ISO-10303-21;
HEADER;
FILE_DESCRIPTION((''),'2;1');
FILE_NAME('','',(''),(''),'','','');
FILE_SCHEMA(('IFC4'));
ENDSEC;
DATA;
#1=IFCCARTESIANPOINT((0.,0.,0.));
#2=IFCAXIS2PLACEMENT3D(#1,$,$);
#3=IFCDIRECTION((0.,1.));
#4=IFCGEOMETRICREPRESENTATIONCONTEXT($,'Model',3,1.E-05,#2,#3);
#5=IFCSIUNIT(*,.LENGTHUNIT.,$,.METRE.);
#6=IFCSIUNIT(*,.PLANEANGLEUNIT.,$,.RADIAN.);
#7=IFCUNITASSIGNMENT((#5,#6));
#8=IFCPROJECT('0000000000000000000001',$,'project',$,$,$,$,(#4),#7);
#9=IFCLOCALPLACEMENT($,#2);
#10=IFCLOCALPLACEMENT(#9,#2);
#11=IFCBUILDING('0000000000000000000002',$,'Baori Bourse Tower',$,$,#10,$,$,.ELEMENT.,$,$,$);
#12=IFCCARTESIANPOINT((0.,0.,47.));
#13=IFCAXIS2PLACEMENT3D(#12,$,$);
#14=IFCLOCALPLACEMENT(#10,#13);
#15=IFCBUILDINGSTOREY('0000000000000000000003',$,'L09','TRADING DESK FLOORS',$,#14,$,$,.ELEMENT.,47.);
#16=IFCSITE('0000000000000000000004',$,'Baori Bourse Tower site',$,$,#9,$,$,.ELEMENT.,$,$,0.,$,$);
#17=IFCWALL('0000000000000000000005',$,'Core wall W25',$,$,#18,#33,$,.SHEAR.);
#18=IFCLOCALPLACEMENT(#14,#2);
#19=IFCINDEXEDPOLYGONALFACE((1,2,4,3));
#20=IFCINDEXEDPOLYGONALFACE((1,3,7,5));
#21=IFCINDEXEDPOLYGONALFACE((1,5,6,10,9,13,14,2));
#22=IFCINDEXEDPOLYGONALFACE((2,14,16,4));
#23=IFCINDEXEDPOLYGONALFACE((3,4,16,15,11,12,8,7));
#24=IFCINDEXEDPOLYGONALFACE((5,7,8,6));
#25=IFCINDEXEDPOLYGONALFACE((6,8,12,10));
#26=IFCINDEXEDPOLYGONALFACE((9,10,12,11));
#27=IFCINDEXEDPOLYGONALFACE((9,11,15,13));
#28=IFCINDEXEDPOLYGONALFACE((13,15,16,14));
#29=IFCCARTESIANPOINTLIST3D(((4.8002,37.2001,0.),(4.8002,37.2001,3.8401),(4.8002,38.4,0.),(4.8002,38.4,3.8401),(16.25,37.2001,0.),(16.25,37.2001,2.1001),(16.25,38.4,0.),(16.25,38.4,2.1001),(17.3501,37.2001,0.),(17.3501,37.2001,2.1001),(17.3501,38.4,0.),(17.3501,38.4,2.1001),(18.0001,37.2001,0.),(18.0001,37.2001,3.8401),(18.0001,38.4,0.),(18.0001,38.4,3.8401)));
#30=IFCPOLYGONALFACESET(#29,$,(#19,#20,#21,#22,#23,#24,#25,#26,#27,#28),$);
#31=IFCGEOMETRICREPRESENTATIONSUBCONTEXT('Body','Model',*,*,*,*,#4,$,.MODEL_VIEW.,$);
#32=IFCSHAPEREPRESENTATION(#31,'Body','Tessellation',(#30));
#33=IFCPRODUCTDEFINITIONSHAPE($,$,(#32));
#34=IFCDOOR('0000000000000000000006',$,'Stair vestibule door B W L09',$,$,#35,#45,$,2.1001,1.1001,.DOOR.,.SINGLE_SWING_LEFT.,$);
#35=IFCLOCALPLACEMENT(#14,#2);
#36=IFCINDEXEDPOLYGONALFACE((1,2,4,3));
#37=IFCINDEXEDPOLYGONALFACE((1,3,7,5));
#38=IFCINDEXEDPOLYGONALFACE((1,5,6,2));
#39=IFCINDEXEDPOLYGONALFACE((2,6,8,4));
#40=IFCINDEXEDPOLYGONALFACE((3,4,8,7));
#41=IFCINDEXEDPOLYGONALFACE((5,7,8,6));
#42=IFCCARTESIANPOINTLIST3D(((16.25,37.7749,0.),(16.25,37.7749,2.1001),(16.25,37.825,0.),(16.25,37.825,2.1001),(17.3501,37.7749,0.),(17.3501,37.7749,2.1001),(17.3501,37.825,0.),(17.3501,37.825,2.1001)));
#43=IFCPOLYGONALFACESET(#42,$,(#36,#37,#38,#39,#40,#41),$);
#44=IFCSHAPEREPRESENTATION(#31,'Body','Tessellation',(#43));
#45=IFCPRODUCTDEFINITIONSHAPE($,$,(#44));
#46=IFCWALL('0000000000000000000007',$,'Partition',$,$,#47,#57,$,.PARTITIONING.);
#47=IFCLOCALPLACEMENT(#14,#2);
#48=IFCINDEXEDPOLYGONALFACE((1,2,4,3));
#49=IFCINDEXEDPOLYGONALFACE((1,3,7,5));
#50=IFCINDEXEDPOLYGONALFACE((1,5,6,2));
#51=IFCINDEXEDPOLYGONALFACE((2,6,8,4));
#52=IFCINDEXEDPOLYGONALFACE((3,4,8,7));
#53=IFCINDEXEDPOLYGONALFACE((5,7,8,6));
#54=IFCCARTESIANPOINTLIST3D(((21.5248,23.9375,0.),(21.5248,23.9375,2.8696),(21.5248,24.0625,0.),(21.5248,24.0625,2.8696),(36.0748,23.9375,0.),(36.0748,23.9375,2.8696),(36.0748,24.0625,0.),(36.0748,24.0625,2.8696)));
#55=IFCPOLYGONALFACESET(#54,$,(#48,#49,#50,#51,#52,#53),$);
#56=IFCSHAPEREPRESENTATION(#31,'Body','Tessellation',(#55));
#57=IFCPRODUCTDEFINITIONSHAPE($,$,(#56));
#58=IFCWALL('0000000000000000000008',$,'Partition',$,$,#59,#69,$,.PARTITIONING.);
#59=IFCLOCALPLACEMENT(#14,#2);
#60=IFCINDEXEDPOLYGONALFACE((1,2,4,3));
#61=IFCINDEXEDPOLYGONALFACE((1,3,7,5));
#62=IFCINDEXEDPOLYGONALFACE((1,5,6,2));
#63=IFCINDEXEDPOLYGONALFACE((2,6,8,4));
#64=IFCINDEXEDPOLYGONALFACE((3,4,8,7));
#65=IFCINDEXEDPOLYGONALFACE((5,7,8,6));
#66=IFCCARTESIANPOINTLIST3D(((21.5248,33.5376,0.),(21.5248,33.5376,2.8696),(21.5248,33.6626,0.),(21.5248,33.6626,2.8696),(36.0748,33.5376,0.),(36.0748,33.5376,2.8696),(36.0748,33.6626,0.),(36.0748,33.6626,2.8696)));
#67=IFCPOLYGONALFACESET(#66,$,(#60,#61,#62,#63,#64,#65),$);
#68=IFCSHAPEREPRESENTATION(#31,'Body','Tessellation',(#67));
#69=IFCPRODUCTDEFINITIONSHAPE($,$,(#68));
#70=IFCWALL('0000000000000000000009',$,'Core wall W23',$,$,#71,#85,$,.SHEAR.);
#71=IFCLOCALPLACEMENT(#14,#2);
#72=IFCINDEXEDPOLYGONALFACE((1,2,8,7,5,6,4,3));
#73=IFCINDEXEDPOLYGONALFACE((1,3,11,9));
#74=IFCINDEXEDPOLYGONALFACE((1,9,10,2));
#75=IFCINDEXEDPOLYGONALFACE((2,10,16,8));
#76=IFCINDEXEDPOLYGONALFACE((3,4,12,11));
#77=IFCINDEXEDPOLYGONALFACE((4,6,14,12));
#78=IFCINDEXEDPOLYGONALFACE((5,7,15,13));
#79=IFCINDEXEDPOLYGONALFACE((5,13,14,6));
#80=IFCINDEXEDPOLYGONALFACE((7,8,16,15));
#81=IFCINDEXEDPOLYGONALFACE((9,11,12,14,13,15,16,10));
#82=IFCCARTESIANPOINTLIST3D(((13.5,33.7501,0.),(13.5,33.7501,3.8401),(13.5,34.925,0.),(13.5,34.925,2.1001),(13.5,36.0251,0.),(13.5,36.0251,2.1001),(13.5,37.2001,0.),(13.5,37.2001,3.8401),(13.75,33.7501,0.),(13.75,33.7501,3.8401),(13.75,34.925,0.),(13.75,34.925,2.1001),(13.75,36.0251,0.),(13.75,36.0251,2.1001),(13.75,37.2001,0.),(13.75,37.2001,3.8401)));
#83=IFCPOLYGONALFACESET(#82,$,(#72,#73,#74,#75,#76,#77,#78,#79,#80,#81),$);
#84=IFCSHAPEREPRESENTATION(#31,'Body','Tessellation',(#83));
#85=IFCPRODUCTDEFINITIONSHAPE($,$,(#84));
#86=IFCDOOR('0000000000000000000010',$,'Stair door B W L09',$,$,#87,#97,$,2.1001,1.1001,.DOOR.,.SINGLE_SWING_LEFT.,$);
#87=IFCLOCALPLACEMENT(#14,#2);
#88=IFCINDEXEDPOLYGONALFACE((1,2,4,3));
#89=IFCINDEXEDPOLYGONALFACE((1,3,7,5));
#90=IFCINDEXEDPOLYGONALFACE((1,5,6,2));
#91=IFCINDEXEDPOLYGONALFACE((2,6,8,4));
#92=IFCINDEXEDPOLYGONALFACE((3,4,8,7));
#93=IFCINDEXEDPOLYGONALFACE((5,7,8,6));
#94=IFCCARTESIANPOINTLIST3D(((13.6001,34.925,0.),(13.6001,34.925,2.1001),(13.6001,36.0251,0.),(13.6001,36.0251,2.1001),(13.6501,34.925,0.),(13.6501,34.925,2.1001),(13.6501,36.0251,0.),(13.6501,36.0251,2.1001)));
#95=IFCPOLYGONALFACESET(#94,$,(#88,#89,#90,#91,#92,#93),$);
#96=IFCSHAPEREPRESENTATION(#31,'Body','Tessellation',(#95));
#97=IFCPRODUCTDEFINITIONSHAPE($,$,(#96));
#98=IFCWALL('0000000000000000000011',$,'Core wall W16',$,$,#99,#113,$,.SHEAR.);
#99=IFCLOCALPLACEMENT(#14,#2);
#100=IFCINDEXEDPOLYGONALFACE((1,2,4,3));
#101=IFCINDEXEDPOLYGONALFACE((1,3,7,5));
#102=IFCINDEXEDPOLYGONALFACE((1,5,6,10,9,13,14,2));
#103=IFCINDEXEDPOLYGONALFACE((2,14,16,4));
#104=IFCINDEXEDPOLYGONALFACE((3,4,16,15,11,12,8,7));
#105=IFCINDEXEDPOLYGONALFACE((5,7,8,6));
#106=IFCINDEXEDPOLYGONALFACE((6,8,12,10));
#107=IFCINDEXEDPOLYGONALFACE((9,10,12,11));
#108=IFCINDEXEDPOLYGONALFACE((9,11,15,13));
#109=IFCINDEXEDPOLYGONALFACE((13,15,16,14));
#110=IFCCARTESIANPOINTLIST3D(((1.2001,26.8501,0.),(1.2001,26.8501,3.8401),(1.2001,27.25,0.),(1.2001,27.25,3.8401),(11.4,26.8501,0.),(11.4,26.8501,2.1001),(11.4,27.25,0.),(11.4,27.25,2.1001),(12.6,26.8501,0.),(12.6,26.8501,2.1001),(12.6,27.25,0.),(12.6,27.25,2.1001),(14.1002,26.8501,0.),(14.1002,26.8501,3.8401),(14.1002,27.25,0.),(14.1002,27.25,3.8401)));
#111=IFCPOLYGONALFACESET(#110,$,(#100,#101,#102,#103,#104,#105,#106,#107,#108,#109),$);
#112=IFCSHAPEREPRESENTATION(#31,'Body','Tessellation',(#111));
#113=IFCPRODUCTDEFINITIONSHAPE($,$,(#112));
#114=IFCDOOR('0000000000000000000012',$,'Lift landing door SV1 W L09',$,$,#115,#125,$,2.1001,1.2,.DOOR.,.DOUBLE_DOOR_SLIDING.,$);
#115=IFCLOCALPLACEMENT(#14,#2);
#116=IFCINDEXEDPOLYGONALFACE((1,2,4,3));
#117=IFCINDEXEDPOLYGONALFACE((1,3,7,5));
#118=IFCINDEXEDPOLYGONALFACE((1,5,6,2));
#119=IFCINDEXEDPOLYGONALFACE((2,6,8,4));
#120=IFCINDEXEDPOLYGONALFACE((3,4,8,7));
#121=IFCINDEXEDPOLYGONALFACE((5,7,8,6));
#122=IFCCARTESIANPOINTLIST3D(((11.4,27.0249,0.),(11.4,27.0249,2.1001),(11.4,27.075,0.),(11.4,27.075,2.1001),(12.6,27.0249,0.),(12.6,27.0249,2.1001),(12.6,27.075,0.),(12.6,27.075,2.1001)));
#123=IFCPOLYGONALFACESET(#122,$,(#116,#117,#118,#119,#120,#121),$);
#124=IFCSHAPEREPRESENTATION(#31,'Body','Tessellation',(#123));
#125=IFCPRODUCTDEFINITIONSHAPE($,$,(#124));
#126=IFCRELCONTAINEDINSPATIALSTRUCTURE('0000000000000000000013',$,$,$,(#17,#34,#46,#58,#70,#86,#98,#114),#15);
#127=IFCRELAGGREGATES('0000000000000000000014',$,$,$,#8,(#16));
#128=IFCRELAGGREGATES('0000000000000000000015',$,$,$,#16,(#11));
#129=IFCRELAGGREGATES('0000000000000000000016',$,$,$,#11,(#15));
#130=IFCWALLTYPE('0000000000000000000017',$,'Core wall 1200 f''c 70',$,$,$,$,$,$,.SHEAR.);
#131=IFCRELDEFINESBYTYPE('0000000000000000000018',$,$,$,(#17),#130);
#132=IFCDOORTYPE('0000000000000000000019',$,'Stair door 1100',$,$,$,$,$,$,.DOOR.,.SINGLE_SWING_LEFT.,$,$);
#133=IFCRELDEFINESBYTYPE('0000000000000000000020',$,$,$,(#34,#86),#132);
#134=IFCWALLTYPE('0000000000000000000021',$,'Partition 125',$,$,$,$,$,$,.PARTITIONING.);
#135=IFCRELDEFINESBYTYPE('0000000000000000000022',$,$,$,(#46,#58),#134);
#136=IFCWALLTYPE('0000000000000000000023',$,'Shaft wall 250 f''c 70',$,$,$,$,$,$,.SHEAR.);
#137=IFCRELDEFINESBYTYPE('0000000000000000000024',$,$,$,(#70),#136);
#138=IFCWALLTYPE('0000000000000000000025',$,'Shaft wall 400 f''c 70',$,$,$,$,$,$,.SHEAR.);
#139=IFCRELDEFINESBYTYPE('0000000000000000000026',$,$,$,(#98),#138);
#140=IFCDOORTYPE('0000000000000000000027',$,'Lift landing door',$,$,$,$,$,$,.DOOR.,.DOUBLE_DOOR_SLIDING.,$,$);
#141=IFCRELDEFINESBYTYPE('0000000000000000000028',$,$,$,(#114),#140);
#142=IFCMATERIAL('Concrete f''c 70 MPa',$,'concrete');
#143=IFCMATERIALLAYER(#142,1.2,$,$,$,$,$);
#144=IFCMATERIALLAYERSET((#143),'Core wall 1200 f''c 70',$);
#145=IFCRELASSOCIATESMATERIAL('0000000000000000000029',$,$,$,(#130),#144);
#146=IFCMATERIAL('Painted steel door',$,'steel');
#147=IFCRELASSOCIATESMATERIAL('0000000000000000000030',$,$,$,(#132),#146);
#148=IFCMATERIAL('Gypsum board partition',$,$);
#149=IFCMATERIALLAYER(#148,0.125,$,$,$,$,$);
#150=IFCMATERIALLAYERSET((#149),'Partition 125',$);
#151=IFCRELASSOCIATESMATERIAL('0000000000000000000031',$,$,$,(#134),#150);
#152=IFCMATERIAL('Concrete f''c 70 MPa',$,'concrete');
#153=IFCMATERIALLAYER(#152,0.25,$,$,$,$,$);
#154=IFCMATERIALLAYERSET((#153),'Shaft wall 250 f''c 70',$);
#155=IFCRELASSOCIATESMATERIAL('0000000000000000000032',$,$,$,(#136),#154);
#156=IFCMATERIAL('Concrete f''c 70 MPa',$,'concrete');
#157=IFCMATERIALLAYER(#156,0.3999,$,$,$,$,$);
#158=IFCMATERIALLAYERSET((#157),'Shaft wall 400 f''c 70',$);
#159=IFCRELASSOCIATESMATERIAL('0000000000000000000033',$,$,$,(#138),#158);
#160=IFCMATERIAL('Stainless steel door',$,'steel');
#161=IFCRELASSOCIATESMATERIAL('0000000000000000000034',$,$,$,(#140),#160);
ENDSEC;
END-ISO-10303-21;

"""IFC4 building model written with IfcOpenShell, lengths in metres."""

from ifc_helpers import new_model, si_unit, direction, frame, frame_2d, origin, place, context, subcontext, project, spatial, rectangle, extrude, material, layer, layer_set, type_object, element, fill, save


model = new_model("IFC4")

# Units and contexts
model_context = context("Model", 3, precision=1e-05, world=origin(), true_north=direction((0.0, 1.0)))
body_context = subcontext(model_context, "Body", "Model", "MODEL_VIEW")
ifc_project = project(units=[si_unit("LENGTHUNIT", "METRE"), si_unit("PLANEANGLEUNIT", "RADIAN")], contexts=[model_context])

# Site, building, storey
site_placement = place(None, origin())
site = spatial("IfcSite", under=ifc_project, at=site_placement, Name="Baori Bourse Tower site", CompositionType="ELEMENT", RefElevation=0.0)
building_placement = place(site_placement, origin())
building = spatial("IfcBuilding", under=site, at=building_placement, Name="Baori Bourse Tower", CompositionType="ELEMENT")
storey_placement = place(building_placement, frame((0.0, 0.0, 47.0)))
storey = spatial("IfcBuildingStorey", under=building, at=storey_placement, Name="L09", Description="TRADING DESK FLOORS", CompositionType="ELEMENT", Elevation=47.0)

# Shared definitions
ifc_material_1 = material(Name="Concrete f'c 70 MPa", Category="concrete")
ifc_layer_1 = layer(ifc_material_1, 1.2)
ifc_layer_set_1 = layer_set([ifc_layer_1], Name="Core wall 1200 f'c 70")
wall_type_1 = type_object("IfcWallType", Name="Core wall 1200 f'c 70", PredefinedType="SHEAR", material=ifc_layer_set_1)

# Wall, opening, door
wall_1_placement = place(storey_placement, frame((4.8, 37.8, 0.0), z_axis=(0.0, 0.0, 1.0), x_axis=(1.0, 0.0, 0.0)))
wall_1 = element("IfcWall", 1, at=wall_1_placement, inside=storey, type_object=wall_type_1, Name="Core wall W25", PredefinedType="SHEAR", context=body_context, shape_type="SweptSolid", body=[
    extrude(rectangle(XDim=13.2, YDim=1.2, at=frame_2d((6.6001, 0.0))), origin(), (0.0, 0.0, 1.0), 3.8401),
])
opening_1_placement = place(wall_1_placement, frame((11.45, 0.0, 0.0)))
opening_1 = element("IfcOpeningElement", 2, at=opening_1_placement, cuts=wall_1, PredefinedType="OPENING", context=body_context, shape_type="SweptSolid", body=[
    extrude(rectangle(XDim=1.1001, YDim=2.1001, at=frame_2d((0.55, 1.05))), frame((0.0, 0.6099, 0.0), z_axis=(0.0, -1.0, 0.0), x_axis=(1.0, 0.0, 0.0)), (0.0, 0.0, 1.0), 1.22),
])
ifc_material_2 = material(Name="Painted steel door", Category="steel")
door_type_1 = type_object("IfcDoorType", Name="Stair door 1100", OperationType="SINGLE_SWING_LEFT", PredefinedType="DOOR", material=ifc_material_2)
door_1_placement = place(opening_1_placement, origin())
door_1 = element("IfcDoor", 3, at=door_1_placement, inside=storey, type_object=door_type_1, Name="Stair vestibule door B W L09", OperationType="SINGLE_SWING_LEFT", OverallHeight=2.1001, OverallWidth=1.1001, PredefinedType="DOOR", context=body_context, shape_type="SweptSolid", body=[
    extrude(rectangle(XDim=1.1001, YDim=2.1001, at=frame_2d((0.55, 1.05))), frame((0.0, 0.0249, 0.0), z_axis=(0.0, -1.0, 0.0), x_axis=(1.0, 0.0, 0.0)), (0.0, 0.0, 1.0), 0.05),
])
fill(opening_1, door_1)

# Walls
ifc_material_3 = material(Name="Gypsum board partition")
ifc_layer_2 = layer(ifc_material_3, 0.125)
ifc_layer_set_2 = layer_set([ifc_layer_2], Name="Partition 125")
wall_type_2 = type_object("IfcWallType", Name="Partition 125", PredefinedType="PARTITIONING", material=ifc_layer_set_2)
for number, where, z_axis, x_axis, name in (
    (4, (21.5249, 24.0, 0.0), (0.0, 0.0, 1.0), (1.0, 0.0, 0.0), "Partition"),
    (5, (21.5249, 33.6001, 0.0), (0.0, 0.0, 1.0), (1.0, 0.0, 0.0), "Partition"),
):
    element("IfcWall", number, at=place(storey_placement, frame(where, z_axis=z_axis, x_axis=x_axis)), inside=storey, type_object=wall_type_2, Name=name, PredefinedType="PARTITIONING", context=body_context, shape_type="SweptSolid", body=[
        extrude(rectangle(XDim=14.55, YDim=0.125, at=frame_2d((7.2749, 0.0))), origin(), (0.0, 0.0, 1.0), 2.8696),
    ])

# Walls, openings, doors
ifc_material_4 = material(Name="Concrete f'c 70 MPa", Category="concrete")
ifc_layer_3 = layer(ifc_material_4, 0.25)
ifc_layer_set_3 = layer_set([ifc_layer_3], Name="Shaft wall 250 f'c 70")
wall_type_3 = type_object("IfcWallType", Name="Shaft wall 250 f'c 70", PredefinedType="SHEAR", material=ifc_layer_set_3)
wall_2_placement = place(storey_placement, frame((13.625, 33.75, 0.0), z_axis=(0.0, 0.0, 1.0), x_axis=(0.0, 1.0, 0.0)))
wall_2 = element("IfcWall", 6, at=wall_2_placement, inside=storey, type_object=wall_type_3, Name="Core wall W23", PredefinedType="SHEAR", context=body_context, shape_type="SweptSolid", body=[
    extrude(rectangle(XDim=3.45, YDim=0.25, at=frame_2d((1.7251, 0.0))), origin(), (0.0, 0.0, 1.0), 3.8401),
])
opening_2_placement = place(wall_2_placement, frame((1.175, 0.0, 0.0)))
opening_2 = element("IfcOpeningElement", 7, at=opening_2_placement, cuts=wall_2, PredefinedType="OPENING", context=body_context, shape_type="SweptSolid", body=[
    extrude(rectangle(XDim=1.1001, YDim=2.1001, at=frame_2d((0.55, 1.05))), frame((0.0, 0.135, 0.0), z_axis=(0.0, -1.0, 0.0), x_axis=(1.0, 0.0, 0.0)), (0.0, 0.0, 1.0), 0.27),
])
door_2_placement = place(opening_2_placement, origin())
door_2 = element("IfcDoor", 8, at=door_2_placement, inside=storey, type_object=door_type_1, Name="Stair door B W L09", OperationType="SINGLE_SWING_LEFT", OverallHeight=2.1001, OverallWidth=1.1001, PredefinedType="DOOR", context=body_context, shape_type="SweptSolid", body=[
    extrude(rectangle(XDim=1.1001, YDim=2.1001, at=frame_2d((0.55, 1.05))), frame((0.0, 0.0249, 0.0), z_axis=(0.0, -1.0, 0.0), x_axis=(1.0, 0.0, 0.0)), (0.0, 0.0, 1.0), 0.05),
])
fill(opening_2, door_2)
ifc_material_5 = material(Name="Concrete f'c 70 MPa", Category="concrete")
ifc_layer_4 = layer(ifc_material_5, 0.3999)
ifc_layer_set_4 = layer_set([ifc_layer_4], Name="Shaft wall 400 f'c 70")
wall_type_4 = type_object("IfcWallType", Name="Shaft wall 400 f'c 70", PredefinedType="SHEAR", material=ifc_layer_set_4)
wall_3_placement = place(storey_placement, frame((1.2, 27.05, 0.0), z_axis=(0.0, 0.0, 1.0), x_axis=(1.0, 0.0, 0.0)))
wall_3 = element("IfcWall", 9, at=wall_3_placement, inside=storey, type_object=wall_type_4, Name="Core wall W16", PredefinedType="SHEAR", context=body_context, shape_type="SweptSolid", body=[
    extrude(rectangle(XDim=12.9001, YDim=0.3999, at=frame_2d((6.4502, 0.0))), origin(), (0.0, 0.0, 1.0), 3.8401),
])
opening_3_placement = place(wall_3_placement, frame((10.2, 0.0, 0.0)))
opening_3 = element("IfcOpeningElement", 10, at=opening_3_placement, cuts=wall_3, PredefinedType="OPENING", context=body_context, shape_type="SweptSolid", body=[
    extrude(rectangle(XDim=1.2, YDim=2.1001, at=frame_2d((0.6001, 1.05))), frame((0.0, 0.21, 0.0), z_axis=(0.0, -1.0, 0.0), x_axis=(1.0, 0.0, 0.0)), (0.0, 0.0, 1.0), 0.4199),
])
ifc_material_6 = material(Name="Stainless steel door", Category="steel")
door_type_2 = type_object("IfcDoorType", Name="Lift landing door", OperationType="DOUBLE_DOOR_SLIDING", PredefinedType="DOOR", material=ifc_material_6)
door_3_placement = place(opening_3_placement, origin())
door_3 = element("IfcDoor", 11, at=door_3_placement, inside=storey, type_object=door_type_2, Name="Lift landing door SV1 W L09", OperationType="DOUBLE_DOOR_SLIDING", OverallHeight=2.1001, OverallWidth=1.2, PredefinedType="DOOR", context=body_context, shape_type="SweptSolid", body=[
    extrude(rectangle(XDim=1.2, YDim=2.1001, at=frame_2d((0.6001, 1.05))), frame((0.0, 0.0249, 0.0), z_axis=(0.0, -1.0, 0.0), x_axis=(1.0, 0.0, 0.0)), (0.0, 0.0, 1.0), 0.05),
])
fill(opening_3, door_3)

save(model, "model.ifc")
